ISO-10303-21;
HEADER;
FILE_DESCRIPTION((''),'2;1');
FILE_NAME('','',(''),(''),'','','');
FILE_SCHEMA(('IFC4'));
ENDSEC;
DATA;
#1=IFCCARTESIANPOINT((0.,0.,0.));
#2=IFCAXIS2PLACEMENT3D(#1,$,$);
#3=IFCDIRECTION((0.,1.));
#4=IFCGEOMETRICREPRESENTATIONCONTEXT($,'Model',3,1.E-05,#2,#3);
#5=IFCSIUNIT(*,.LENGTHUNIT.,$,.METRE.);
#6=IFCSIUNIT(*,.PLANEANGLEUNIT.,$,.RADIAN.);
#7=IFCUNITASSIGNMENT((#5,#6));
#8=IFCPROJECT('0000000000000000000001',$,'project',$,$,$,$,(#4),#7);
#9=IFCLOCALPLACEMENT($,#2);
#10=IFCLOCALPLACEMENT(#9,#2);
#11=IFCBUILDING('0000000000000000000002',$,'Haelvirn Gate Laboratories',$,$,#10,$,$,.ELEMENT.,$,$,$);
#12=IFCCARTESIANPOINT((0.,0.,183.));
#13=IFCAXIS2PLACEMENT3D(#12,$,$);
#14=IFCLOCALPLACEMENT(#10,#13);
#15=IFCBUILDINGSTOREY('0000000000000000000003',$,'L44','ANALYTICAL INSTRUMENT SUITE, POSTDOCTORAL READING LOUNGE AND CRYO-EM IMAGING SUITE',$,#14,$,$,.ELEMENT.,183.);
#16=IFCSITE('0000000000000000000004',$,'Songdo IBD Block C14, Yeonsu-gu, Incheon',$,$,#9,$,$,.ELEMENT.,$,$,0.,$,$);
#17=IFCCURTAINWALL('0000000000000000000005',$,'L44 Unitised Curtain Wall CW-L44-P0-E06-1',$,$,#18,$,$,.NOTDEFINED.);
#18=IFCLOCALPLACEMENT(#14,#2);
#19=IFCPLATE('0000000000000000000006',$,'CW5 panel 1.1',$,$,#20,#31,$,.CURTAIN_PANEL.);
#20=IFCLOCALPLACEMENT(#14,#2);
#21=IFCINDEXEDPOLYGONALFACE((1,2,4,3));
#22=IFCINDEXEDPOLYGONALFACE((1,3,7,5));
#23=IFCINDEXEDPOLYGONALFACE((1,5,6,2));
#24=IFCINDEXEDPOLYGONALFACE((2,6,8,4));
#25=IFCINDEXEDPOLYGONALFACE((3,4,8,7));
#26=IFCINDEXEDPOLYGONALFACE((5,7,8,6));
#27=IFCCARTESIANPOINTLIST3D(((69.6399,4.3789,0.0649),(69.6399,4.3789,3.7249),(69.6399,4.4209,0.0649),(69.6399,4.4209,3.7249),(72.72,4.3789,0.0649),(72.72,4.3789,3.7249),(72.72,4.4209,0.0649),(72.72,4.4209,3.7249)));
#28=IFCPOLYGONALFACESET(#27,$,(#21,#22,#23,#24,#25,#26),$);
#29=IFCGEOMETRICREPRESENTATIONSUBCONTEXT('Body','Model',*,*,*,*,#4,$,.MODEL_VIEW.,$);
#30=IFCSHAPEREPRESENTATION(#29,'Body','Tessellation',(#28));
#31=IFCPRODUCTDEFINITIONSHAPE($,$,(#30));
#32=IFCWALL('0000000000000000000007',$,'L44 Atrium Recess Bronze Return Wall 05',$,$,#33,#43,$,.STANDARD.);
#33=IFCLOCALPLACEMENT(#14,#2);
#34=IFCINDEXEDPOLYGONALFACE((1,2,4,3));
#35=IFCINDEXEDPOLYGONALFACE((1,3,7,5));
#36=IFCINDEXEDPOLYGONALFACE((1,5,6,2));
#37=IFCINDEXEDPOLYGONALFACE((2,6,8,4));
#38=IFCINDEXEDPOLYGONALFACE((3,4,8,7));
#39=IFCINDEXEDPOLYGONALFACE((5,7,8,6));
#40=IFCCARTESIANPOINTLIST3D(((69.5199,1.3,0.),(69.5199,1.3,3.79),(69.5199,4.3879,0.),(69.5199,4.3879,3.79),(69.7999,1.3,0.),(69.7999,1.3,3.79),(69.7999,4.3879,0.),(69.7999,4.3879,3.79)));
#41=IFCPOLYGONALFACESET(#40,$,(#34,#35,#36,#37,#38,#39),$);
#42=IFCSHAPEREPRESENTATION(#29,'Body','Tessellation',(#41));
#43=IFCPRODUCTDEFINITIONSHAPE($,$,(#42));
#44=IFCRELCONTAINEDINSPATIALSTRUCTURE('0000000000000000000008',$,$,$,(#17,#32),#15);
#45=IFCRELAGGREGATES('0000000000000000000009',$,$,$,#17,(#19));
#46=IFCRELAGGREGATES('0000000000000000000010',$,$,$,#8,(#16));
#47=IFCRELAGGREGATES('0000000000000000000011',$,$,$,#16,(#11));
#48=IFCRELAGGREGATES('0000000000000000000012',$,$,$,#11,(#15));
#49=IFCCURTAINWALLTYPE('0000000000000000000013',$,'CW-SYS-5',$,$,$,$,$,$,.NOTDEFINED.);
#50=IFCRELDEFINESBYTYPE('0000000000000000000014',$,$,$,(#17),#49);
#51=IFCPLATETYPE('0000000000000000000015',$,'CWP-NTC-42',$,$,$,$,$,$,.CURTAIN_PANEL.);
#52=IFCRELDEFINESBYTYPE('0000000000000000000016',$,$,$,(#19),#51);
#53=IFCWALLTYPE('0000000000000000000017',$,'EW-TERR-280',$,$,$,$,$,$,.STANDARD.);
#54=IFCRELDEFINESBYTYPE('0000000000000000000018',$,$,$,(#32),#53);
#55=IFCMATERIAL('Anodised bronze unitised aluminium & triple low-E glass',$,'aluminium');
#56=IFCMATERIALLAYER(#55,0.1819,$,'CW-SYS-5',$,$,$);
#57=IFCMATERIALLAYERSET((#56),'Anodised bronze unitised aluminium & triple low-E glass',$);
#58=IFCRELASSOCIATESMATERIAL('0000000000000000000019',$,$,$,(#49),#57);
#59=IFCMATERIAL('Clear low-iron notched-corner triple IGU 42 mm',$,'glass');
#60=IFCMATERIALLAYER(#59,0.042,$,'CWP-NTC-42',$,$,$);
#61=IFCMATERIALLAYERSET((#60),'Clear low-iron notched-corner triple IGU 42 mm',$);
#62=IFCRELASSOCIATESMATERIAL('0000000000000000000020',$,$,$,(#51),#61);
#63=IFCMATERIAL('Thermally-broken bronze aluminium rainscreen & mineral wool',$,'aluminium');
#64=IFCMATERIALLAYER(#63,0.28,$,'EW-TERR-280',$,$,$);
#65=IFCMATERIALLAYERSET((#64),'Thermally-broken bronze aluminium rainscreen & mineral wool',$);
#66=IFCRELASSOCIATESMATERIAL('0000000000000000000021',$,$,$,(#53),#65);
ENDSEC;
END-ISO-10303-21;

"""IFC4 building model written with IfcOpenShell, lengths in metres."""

from ifc_helpers import new_model, si_unit, direction, frame, frame_2d, origin, origin_2d, place, context, subcontext, project, spatial, rectangle, extrude, source, transform, mapped, material, layer, layer_set, type_object, type_shapes, element, aggregate, save


model = new_model("IFC4")

# Units and contexts
model_context = context("Model", 3, precision=1e-05, world=origin(), true_north=direction((0.0, 1.0)))
body_context = subcontext(model_context, "Body", "Model", "MODEL_VIEW")
ifc_project = project(units=[si_unit("LENGTHUNIT", "METRE"), si_unit("PLANEANGLEUNIT", "RADIAN")], contexts=[model_context])

# Site, building, storey
site_placement = place(None, origin())
site = spatial("IfcSite", under=ifc_project, at=site_placement, Name="Songdo IBD Block C14, Yeonsu-gu, Incheon", CompositionType="ELEMENT", RefElevation=0.0)
building_placement = place(site_placement, origin())
building = spatial("IfcBuilding", under=site, at=building_placement, Name="Haelvirn Gate Laboratories", CompositionType="ELEMENT")
storey_placement = place(building_placement, frame((0.0, 0.0, 183.0)))
storey = spatial("IfcBuildingStorey", under=building, at=storey_placement, Name="L44", Description="ANALYTICAL INSTRUMENT SUITE, POSTDOCTORAL READING LOUNGE AND CRYO-EM IMAGING SUITE", CompositionType="ELEMENT", Elevation=183.0)

# Curtain wall
ifc_material_1 = material(Name="Anodised bronze unitised aluminium & triple low-E glass", Category="aluminium")
ifc_layer_1 = layer(ifc_material_1, 0.1819, Name="CW-SYS-5")
ifc_layer_set_1 = layer_set([ifc_layer_1], Name="Anodised bronze unitised aluminium & triple low-E glass")
curtain_wall_type_1 = type_object("IfcCurtainWallType", Name="CW-SYS-5", PredefinedType="NOTDEFINED", material=ifc_layer_set_1)
curtain_wall_1_placement = place(storey_placement, origin())
curtain_wall_1 = element("IfcCurtainWall", 1, at=curtain_wall_1_placement, inside=storey, type_object=curtain_wall_type_1, Name="L44 Unitised Curtain Wall CW-L44-P0-E06-1", PredefinedType="NOTDEFINED")

# Plate
ifc_material_2 = material(Name="Clear low-iron notched-corner triple IGU 42 mm", Category="glass")
ifc_layer_2 = layer(ifc_material_2, 0.042, Name="CWP-NTC-42")
ifc_layer_set_2 = layer_set([ifc_layer_2], Name="Clear low-iron notched-corner triple IGU 42 mm")
plate_type_1 = type_object("IfcPlateType", Name="CWP-NTC-42", PredefinedType="CURTAIN_PANEL", material=ifc_layer_set_2)
shared_shape_1 = source(origin(), body_context, "Body", "SweptSolid", [
    extrude(rectangle(XDim=3.0801, YDim=0.042, at=origin_2d()), origin(), (0.0, 0.0, 1.0), 3.6599),
])
type_shapes(plate_type_1, [shared_shape_1])
plate_1_placement = place(storey_placement, frame((71.1799, 4.3999, 0.0649), z_axis=(0.0, 0.0, 1.0), x_axis=(1.0, 0.0, 0.0)))
plate_1 = element("IfcPlate", 2, at=plate_1_placement, type_object=plate_type_1, Name="CW5 panel 1.1", PredefinedType="CURTAIN_PANEL", context=body_context, shape_type="MappedRepresentation", body=[
    mapped(shared_shape_1, transform((0.0, 0.0, 0.0), scale=1.0)),
])
aggregate(curtain_wall_1, [plate_1])

# Wall
ifc_material_3 = material(Name="Thermally-broken bronze aluminium rainscreen & mineral wool", Category="aluminium")
ifc_layer_3 = layer(ifc_material_3, 0.28, Name="EW-TERR-280")
ifc_layer_set_3 = layer_set([ifc_layer_3], Name="Thermally-broken bronze aluminium rainscreen & mineral wool")
wall_type = type_object("IfcWallType", Name="EW-TERR-280", PredefinedType="STANDARD", material=ifc_layer_set_3)
wall_placement = place(storey_placement, frame((69.6599, 1.3, 0.0), z_axis=(0.0, 0.0, 1.0), x_axis=(0.0, 1.0, 0.0)))
element("IfcWall", 3, at=wall_placement, inside=storey, type_object=wall_type, Name="L44 Atrium Recess Bronze Return Wall 05", PredefinedType="STANDARD", context=body_context, shape_type="SweptSolid", body=[
    extrude(rectangle(XDim=3.0879, YDim=0.28, at=frame_2d((1.5439, 0.0))), origin(), (0.0, 0.0, 1.0), 3.79),
])

save(model, "model.ifc")
